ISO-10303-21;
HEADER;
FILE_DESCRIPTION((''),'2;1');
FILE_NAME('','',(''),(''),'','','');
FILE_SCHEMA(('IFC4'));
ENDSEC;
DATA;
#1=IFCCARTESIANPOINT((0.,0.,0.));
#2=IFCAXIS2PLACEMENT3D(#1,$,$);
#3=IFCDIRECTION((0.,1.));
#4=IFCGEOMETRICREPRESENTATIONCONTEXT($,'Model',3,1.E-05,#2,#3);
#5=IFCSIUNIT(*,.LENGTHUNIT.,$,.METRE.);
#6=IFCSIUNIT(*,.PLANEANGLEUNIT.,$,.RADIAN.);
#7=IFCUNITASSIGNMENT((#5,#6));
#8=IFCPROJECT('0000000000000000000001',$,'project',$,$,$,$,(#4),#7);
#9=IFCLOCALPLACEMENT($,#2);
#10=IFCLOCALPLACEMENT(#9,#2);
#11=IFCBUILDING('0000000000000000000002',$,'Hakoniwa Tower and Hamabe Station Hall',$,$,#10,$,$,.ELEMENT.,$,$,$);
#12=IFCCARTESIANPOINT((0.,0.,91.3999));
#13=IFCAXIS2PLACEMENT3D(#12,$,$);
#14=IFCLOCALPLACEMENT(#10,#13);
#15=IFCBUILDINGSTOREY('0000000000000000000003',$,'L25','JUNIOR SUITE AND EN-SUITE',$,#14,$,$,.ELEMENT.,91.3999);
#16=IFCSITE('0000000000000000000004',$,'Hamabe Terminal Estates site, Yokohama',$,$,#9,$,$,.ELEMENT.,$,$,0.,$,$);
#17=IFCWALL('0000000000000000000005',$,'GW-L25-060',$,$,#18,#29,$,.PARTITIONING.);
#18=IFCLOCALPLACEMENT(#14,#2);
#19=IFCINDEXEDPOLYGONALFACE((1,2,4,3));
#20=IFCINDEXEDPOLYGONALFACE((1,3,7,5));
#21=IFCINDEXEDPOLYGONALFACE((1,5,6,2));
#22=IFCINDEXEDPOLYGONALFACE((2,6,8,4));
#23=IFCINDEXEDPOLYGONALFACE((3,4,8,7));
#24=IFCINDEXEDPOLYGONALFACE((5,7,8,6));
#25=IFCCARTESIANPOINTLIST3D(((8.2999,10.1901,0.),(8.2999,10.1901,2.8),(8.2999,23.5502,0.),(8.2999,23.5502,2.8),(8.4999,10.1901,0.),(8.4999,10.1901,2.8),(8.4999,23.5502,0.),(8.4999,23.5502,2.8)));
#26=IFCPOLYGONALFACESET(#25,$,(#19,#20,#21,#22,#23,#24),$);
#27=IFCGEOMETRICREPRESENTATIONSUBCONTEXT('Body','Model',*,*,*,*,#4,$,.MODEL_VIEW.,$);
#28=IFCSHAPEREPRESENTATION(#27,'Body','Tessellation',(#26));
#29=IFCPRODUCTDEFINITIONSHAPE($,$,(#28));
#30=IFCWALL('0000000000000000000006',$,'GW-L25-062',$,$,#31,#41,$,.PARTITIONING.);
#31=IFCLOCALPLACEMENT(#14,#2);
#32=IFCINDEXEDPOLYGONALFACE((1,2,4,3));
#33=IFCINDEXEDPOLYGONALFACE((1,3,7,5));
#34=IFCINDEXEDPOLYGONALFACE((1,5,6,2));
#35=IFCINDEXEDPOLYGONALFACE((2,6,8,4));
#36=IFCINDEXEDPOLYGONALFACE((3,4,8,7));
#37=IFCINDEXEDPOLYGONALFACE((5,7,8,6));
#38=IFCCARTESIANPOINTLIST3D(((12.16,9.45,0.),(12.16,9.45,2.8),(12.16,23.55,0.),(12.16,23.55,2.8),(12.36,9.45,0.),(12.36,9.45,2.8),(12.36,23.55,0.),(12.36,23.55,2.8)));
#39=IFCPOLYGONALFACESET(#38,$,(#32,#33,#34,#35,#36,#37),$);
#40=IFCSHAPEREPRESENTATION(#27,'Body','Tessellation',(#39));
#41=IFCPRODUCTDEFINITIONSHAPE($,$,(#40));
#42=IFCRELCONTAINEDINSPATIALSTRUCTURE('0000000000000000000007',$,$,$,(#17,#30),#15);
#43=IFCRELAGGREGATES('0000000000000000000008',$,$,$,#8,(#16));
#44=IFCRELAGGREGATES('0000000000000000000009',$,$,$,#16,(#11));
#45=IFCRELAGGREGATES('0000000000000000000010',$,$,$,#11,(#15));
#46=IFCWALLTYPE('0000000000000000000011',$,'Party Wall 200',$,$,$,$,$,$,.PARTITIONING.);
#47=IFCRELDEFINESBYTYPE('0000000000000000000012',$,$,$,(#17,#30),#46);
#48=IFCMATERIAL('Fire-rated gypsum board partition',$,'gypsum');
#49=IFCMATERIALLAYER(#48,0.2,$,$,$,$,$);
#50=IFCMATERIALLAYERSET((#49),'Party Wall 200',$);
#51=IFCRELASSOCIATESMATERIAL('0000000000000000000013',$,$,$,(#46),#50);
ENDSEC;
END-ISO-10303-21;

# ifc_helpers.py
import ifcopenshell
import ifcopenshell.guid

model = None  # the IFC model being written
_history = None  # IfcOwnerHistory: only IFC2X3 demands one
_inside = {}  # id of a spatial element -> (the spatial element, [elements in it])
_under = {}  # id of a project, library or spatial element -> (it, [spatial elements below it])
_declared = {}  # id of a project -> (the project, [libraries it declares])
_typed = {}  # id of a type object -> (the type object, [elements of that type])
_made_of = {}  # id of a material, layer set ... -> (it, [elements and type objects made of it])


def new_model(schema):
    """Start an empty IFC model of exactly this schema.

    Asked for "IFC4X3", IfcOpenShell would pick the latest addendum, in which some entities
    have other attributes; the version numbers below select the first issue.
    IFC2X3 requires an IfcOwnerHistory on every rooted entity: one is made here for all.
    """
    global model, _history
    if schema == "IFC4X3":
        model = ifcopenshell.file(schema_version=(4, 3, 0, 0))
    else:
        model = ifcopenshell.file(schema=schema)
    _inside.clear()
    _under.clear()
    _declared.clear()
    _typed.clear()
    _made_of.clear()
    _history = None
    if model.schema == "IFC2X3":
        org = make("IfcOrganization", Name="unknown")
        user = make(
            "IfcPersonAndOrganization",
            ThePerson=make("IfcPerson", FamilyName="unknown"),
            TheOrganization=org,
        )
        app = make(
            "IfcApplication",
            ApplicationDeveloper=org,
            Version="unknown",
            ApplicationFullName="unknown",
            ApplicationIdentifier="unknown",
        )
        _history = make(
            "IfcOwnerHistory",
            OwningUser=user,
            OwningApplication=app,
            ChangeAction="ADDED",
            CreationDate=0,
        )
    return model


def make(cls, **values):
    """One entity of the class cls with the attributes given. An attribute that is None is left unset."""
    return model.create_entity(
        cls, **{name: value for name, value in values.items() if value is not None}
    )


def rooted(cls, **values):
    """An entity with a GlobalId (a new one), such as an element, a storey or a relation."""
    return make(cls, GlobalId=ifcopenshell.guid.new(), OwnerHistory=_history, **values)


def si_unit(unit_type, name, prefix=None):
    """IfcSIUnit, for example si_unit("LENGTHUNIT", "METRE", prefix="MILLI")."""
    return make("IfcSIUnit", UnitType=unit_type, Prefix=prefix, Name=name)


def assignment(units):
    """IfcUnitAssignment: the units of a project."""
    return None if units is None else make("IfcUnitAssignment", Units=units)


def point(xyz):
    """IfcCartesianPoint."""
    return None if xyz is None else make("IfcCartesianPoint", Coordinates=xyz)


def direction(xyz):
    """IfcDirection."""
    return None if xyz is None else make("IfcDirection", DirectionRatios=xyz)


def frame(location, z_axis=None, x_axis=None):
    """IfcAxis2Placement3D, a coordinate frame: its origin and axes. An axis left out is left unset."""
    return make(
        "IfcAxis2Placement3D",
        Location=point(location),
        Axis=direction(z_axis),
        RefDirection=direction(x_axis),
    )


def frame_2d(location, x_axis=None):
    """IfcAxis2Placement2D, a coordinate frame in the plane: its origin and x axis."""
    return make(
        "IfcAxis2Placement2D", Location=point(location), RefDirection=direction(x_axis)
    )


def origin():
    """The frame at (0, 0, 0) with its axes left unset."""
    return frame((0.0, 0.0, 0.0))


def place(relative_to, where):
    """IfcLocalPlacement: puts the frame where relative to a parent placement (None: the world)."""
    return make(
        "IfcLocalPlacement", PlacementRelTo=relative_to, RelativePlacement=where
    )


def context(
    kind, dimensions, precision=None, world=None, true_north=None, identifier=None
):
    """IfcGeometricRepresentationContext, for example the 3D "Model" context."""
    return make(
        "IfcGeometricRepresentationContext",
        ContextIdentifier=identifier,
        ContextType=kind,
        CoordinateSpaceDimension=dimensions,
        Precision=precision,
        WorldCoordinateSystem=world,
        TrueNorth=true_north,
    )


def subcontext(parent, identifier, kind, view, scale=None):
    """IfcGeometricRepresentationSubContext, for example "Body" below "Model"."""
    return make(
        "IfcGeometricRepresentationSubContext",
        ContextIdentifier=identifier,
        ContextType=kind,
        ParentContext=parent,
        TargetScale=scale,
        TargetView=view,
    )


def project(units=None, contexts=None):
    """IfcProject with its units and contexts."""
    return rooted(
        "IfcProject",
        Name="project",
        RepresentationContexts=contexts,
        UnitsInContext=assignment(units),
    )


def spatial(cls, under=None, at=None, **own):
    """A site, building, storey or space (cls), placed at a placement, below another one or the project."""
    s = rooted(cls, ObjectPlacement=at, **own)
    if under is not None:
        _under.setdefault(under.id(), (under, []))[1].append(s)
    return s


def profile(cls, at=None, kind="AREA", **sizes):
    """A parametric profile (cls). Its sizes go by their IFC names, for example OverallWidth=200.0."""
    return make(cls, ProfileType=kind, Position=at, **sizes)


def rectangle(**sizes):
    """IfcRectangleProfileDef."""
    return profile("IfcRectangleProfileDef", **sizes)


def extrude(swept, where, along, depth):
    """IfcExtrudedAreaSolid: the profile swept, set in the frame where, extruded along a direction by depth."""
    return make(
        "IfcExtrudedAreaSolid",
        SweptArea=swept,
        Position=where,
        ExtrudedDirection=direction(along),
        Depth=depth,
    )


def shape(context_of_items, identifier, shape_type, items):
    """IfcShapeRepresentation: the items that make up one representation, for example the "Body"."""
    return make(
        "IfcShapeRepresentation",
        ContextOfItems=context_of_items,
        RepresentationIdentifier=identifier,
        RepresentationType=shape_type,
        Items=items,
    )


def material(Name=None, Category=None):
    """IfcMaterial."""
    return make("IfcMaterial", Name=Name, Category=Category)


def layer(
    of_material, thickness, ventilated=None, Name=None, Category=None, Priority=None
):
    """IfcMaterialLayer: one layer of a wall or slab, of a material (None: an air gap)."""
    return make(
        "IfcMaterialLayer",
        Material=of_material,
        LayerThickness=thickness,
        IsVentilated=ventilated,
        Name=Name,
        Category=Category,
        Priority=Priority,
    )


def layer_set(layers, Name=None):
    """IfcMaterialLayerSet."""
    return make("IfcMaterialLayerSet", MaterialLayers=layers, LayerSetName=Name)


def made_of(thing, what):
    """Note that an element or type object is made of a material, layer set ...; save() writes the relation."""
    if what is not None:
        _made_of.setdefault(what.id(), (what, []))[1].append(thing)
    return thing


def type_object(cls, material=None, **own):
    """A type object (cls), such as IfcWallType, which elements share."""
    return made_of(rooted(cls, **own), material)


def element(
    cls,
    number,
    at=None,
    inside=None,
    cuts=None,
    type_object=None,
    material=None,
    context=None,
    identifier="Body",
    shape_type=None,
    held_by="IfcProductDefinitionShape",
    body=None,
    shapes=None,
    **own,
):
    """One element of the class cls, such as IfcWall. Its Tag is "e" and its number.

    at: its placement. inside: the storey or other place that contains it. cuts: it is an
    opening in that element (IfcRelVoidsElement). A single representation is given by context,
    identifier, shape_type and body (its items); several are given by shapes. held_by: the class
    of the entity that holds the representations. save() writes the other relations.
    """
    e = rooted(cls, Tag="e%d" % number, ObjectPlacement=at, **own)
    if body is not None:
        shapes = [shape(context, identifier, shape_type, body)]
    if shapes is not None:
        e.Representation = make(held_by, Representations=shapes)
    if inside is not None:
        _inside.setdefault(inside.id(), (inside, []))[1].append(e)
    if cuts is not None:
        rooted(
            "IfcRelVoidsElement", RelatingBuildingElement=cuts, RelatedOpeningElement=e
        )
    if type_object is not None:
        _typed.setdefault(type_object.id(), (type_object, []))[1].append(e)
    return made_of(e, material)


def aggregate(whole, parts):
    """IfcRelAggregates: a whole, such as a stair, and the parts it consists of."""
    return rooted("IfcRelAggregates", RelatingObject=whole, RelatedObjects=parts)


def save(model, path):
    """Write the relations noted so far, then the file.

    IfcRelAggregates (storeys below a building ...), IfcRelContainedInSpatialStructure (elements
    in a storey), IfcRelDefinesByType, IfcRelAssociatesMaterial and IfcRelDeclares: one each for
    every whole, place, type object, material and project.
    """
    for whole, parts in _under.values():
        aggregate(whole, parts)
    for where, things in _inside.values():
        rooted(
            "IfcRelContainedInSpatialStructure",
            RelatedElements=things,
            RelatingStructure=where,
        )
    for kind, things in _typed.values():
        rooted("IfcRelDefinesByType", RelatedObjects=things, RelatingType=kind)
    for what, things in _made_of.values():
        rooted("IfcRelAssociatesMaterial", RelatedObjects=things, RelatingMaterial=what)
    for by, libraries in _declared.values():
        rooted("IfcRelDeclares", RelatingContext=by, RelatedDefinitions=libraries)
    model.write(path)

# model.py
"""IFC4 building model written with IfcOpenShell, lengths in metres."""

from ifc_helpers import new_model, si_unit, direction, frame, frame_2d, origin, place, context, subcontext, project, spatial, rectangle, extrude, material, layer, layer_set, type_object, element, save


model = new_model("IFC4")

# Units and contexts
model_context = context("Model", 3, precision=1e-05, world=origin(), true_north=direction((0.0, 1.0)))
body_context = subcontext(model_context, "Body", "Model", "MODEL_VIEW")
ifc_project = project(units=[si_unit("LENGTHUNIT", "METRE"), si_unit("PLANEANGLEUNIT", "RADIAN")], contexts=[model_context])

# Site, building, storey
site_placement = place(None, origin())
site = spatial("IfcSite", under=ifc_project, at=site_placement, Name="Hamabe Terminal Estates site, Yokohama", CompositionType="ELEMENT", RefElevation=0.0)
building_placement = place(site_placement, origin())
building = spatial("IfcBuilding", under=site, at=building_placement, Name="Hakoniwa Tower and Hamabe Station Hall", CompositionType="ELEMENT")
storey_placement = place(building_placement, frame((0.0, 0.0, 91.3999)))
storey = spatial("IfcBuildingStorey", under=building, at=storey_placement, Name="L25", Description="JUNIOR SUITE AND EN-SUITE", CompositionType="ELEMENT", Elevation=91.3999)

# Walls
ifc_material_1 = material(Name="Fire-rated gypsum board partition", Category="gypsum")
ifc_layer_1 = layer(ifc_material_1, 0.2)
ifc_layer_set_1 = layer_set([ifc_layer_1], Name="Party Wall 200")
wall_type = type_object("IfcWallType", Name="Party Wall 200", PredefinedType="PARTITIONING", material=ifc_layer_set_1)
wall_1_placement = place(storey_placement, frame((8.3999, 10.1899, 0.0), z_axis=(0.0, 0.0, 1.0), x_axis=(0.0, 1.0, 0.0)))
element("IfcWall", 1, at=wall_1_placement, inside=storey, type_object=wall_type, Name="GW-L25-060", PredefinedType="PARTITIONING", context=body_context, shape_type="SweptSolid", body=[
    extrude(rectangle(XDim=13.3601, YDim=0.2, at=frame_2d((6.6802, 0.0))), origin(), (0.0, 0.0, 1.0), 2.8),
])
wall_2_placement = place(storey_placement, frame((12.26, 9.45, 0.0), z_axis=(0.0, 0.0, 1.0), x_axis=(0.0, 1.0, 0.0)))
element("IfcWall", 2, at=wall_2_placement, inside=storey, type_object=wall_type, Name="GW-L25-062", PredefinedType="PARTITIONING", context=body_context, shape_type="SweptSolid", body=[
    extrude(rectangle(XDim=14.1001, YDim=0.2, at=frame_2d((7.05, 0.0))), origin(), (0.0, 0.0, 1.0), 2.8),
])

save(model, "model.ifc")
